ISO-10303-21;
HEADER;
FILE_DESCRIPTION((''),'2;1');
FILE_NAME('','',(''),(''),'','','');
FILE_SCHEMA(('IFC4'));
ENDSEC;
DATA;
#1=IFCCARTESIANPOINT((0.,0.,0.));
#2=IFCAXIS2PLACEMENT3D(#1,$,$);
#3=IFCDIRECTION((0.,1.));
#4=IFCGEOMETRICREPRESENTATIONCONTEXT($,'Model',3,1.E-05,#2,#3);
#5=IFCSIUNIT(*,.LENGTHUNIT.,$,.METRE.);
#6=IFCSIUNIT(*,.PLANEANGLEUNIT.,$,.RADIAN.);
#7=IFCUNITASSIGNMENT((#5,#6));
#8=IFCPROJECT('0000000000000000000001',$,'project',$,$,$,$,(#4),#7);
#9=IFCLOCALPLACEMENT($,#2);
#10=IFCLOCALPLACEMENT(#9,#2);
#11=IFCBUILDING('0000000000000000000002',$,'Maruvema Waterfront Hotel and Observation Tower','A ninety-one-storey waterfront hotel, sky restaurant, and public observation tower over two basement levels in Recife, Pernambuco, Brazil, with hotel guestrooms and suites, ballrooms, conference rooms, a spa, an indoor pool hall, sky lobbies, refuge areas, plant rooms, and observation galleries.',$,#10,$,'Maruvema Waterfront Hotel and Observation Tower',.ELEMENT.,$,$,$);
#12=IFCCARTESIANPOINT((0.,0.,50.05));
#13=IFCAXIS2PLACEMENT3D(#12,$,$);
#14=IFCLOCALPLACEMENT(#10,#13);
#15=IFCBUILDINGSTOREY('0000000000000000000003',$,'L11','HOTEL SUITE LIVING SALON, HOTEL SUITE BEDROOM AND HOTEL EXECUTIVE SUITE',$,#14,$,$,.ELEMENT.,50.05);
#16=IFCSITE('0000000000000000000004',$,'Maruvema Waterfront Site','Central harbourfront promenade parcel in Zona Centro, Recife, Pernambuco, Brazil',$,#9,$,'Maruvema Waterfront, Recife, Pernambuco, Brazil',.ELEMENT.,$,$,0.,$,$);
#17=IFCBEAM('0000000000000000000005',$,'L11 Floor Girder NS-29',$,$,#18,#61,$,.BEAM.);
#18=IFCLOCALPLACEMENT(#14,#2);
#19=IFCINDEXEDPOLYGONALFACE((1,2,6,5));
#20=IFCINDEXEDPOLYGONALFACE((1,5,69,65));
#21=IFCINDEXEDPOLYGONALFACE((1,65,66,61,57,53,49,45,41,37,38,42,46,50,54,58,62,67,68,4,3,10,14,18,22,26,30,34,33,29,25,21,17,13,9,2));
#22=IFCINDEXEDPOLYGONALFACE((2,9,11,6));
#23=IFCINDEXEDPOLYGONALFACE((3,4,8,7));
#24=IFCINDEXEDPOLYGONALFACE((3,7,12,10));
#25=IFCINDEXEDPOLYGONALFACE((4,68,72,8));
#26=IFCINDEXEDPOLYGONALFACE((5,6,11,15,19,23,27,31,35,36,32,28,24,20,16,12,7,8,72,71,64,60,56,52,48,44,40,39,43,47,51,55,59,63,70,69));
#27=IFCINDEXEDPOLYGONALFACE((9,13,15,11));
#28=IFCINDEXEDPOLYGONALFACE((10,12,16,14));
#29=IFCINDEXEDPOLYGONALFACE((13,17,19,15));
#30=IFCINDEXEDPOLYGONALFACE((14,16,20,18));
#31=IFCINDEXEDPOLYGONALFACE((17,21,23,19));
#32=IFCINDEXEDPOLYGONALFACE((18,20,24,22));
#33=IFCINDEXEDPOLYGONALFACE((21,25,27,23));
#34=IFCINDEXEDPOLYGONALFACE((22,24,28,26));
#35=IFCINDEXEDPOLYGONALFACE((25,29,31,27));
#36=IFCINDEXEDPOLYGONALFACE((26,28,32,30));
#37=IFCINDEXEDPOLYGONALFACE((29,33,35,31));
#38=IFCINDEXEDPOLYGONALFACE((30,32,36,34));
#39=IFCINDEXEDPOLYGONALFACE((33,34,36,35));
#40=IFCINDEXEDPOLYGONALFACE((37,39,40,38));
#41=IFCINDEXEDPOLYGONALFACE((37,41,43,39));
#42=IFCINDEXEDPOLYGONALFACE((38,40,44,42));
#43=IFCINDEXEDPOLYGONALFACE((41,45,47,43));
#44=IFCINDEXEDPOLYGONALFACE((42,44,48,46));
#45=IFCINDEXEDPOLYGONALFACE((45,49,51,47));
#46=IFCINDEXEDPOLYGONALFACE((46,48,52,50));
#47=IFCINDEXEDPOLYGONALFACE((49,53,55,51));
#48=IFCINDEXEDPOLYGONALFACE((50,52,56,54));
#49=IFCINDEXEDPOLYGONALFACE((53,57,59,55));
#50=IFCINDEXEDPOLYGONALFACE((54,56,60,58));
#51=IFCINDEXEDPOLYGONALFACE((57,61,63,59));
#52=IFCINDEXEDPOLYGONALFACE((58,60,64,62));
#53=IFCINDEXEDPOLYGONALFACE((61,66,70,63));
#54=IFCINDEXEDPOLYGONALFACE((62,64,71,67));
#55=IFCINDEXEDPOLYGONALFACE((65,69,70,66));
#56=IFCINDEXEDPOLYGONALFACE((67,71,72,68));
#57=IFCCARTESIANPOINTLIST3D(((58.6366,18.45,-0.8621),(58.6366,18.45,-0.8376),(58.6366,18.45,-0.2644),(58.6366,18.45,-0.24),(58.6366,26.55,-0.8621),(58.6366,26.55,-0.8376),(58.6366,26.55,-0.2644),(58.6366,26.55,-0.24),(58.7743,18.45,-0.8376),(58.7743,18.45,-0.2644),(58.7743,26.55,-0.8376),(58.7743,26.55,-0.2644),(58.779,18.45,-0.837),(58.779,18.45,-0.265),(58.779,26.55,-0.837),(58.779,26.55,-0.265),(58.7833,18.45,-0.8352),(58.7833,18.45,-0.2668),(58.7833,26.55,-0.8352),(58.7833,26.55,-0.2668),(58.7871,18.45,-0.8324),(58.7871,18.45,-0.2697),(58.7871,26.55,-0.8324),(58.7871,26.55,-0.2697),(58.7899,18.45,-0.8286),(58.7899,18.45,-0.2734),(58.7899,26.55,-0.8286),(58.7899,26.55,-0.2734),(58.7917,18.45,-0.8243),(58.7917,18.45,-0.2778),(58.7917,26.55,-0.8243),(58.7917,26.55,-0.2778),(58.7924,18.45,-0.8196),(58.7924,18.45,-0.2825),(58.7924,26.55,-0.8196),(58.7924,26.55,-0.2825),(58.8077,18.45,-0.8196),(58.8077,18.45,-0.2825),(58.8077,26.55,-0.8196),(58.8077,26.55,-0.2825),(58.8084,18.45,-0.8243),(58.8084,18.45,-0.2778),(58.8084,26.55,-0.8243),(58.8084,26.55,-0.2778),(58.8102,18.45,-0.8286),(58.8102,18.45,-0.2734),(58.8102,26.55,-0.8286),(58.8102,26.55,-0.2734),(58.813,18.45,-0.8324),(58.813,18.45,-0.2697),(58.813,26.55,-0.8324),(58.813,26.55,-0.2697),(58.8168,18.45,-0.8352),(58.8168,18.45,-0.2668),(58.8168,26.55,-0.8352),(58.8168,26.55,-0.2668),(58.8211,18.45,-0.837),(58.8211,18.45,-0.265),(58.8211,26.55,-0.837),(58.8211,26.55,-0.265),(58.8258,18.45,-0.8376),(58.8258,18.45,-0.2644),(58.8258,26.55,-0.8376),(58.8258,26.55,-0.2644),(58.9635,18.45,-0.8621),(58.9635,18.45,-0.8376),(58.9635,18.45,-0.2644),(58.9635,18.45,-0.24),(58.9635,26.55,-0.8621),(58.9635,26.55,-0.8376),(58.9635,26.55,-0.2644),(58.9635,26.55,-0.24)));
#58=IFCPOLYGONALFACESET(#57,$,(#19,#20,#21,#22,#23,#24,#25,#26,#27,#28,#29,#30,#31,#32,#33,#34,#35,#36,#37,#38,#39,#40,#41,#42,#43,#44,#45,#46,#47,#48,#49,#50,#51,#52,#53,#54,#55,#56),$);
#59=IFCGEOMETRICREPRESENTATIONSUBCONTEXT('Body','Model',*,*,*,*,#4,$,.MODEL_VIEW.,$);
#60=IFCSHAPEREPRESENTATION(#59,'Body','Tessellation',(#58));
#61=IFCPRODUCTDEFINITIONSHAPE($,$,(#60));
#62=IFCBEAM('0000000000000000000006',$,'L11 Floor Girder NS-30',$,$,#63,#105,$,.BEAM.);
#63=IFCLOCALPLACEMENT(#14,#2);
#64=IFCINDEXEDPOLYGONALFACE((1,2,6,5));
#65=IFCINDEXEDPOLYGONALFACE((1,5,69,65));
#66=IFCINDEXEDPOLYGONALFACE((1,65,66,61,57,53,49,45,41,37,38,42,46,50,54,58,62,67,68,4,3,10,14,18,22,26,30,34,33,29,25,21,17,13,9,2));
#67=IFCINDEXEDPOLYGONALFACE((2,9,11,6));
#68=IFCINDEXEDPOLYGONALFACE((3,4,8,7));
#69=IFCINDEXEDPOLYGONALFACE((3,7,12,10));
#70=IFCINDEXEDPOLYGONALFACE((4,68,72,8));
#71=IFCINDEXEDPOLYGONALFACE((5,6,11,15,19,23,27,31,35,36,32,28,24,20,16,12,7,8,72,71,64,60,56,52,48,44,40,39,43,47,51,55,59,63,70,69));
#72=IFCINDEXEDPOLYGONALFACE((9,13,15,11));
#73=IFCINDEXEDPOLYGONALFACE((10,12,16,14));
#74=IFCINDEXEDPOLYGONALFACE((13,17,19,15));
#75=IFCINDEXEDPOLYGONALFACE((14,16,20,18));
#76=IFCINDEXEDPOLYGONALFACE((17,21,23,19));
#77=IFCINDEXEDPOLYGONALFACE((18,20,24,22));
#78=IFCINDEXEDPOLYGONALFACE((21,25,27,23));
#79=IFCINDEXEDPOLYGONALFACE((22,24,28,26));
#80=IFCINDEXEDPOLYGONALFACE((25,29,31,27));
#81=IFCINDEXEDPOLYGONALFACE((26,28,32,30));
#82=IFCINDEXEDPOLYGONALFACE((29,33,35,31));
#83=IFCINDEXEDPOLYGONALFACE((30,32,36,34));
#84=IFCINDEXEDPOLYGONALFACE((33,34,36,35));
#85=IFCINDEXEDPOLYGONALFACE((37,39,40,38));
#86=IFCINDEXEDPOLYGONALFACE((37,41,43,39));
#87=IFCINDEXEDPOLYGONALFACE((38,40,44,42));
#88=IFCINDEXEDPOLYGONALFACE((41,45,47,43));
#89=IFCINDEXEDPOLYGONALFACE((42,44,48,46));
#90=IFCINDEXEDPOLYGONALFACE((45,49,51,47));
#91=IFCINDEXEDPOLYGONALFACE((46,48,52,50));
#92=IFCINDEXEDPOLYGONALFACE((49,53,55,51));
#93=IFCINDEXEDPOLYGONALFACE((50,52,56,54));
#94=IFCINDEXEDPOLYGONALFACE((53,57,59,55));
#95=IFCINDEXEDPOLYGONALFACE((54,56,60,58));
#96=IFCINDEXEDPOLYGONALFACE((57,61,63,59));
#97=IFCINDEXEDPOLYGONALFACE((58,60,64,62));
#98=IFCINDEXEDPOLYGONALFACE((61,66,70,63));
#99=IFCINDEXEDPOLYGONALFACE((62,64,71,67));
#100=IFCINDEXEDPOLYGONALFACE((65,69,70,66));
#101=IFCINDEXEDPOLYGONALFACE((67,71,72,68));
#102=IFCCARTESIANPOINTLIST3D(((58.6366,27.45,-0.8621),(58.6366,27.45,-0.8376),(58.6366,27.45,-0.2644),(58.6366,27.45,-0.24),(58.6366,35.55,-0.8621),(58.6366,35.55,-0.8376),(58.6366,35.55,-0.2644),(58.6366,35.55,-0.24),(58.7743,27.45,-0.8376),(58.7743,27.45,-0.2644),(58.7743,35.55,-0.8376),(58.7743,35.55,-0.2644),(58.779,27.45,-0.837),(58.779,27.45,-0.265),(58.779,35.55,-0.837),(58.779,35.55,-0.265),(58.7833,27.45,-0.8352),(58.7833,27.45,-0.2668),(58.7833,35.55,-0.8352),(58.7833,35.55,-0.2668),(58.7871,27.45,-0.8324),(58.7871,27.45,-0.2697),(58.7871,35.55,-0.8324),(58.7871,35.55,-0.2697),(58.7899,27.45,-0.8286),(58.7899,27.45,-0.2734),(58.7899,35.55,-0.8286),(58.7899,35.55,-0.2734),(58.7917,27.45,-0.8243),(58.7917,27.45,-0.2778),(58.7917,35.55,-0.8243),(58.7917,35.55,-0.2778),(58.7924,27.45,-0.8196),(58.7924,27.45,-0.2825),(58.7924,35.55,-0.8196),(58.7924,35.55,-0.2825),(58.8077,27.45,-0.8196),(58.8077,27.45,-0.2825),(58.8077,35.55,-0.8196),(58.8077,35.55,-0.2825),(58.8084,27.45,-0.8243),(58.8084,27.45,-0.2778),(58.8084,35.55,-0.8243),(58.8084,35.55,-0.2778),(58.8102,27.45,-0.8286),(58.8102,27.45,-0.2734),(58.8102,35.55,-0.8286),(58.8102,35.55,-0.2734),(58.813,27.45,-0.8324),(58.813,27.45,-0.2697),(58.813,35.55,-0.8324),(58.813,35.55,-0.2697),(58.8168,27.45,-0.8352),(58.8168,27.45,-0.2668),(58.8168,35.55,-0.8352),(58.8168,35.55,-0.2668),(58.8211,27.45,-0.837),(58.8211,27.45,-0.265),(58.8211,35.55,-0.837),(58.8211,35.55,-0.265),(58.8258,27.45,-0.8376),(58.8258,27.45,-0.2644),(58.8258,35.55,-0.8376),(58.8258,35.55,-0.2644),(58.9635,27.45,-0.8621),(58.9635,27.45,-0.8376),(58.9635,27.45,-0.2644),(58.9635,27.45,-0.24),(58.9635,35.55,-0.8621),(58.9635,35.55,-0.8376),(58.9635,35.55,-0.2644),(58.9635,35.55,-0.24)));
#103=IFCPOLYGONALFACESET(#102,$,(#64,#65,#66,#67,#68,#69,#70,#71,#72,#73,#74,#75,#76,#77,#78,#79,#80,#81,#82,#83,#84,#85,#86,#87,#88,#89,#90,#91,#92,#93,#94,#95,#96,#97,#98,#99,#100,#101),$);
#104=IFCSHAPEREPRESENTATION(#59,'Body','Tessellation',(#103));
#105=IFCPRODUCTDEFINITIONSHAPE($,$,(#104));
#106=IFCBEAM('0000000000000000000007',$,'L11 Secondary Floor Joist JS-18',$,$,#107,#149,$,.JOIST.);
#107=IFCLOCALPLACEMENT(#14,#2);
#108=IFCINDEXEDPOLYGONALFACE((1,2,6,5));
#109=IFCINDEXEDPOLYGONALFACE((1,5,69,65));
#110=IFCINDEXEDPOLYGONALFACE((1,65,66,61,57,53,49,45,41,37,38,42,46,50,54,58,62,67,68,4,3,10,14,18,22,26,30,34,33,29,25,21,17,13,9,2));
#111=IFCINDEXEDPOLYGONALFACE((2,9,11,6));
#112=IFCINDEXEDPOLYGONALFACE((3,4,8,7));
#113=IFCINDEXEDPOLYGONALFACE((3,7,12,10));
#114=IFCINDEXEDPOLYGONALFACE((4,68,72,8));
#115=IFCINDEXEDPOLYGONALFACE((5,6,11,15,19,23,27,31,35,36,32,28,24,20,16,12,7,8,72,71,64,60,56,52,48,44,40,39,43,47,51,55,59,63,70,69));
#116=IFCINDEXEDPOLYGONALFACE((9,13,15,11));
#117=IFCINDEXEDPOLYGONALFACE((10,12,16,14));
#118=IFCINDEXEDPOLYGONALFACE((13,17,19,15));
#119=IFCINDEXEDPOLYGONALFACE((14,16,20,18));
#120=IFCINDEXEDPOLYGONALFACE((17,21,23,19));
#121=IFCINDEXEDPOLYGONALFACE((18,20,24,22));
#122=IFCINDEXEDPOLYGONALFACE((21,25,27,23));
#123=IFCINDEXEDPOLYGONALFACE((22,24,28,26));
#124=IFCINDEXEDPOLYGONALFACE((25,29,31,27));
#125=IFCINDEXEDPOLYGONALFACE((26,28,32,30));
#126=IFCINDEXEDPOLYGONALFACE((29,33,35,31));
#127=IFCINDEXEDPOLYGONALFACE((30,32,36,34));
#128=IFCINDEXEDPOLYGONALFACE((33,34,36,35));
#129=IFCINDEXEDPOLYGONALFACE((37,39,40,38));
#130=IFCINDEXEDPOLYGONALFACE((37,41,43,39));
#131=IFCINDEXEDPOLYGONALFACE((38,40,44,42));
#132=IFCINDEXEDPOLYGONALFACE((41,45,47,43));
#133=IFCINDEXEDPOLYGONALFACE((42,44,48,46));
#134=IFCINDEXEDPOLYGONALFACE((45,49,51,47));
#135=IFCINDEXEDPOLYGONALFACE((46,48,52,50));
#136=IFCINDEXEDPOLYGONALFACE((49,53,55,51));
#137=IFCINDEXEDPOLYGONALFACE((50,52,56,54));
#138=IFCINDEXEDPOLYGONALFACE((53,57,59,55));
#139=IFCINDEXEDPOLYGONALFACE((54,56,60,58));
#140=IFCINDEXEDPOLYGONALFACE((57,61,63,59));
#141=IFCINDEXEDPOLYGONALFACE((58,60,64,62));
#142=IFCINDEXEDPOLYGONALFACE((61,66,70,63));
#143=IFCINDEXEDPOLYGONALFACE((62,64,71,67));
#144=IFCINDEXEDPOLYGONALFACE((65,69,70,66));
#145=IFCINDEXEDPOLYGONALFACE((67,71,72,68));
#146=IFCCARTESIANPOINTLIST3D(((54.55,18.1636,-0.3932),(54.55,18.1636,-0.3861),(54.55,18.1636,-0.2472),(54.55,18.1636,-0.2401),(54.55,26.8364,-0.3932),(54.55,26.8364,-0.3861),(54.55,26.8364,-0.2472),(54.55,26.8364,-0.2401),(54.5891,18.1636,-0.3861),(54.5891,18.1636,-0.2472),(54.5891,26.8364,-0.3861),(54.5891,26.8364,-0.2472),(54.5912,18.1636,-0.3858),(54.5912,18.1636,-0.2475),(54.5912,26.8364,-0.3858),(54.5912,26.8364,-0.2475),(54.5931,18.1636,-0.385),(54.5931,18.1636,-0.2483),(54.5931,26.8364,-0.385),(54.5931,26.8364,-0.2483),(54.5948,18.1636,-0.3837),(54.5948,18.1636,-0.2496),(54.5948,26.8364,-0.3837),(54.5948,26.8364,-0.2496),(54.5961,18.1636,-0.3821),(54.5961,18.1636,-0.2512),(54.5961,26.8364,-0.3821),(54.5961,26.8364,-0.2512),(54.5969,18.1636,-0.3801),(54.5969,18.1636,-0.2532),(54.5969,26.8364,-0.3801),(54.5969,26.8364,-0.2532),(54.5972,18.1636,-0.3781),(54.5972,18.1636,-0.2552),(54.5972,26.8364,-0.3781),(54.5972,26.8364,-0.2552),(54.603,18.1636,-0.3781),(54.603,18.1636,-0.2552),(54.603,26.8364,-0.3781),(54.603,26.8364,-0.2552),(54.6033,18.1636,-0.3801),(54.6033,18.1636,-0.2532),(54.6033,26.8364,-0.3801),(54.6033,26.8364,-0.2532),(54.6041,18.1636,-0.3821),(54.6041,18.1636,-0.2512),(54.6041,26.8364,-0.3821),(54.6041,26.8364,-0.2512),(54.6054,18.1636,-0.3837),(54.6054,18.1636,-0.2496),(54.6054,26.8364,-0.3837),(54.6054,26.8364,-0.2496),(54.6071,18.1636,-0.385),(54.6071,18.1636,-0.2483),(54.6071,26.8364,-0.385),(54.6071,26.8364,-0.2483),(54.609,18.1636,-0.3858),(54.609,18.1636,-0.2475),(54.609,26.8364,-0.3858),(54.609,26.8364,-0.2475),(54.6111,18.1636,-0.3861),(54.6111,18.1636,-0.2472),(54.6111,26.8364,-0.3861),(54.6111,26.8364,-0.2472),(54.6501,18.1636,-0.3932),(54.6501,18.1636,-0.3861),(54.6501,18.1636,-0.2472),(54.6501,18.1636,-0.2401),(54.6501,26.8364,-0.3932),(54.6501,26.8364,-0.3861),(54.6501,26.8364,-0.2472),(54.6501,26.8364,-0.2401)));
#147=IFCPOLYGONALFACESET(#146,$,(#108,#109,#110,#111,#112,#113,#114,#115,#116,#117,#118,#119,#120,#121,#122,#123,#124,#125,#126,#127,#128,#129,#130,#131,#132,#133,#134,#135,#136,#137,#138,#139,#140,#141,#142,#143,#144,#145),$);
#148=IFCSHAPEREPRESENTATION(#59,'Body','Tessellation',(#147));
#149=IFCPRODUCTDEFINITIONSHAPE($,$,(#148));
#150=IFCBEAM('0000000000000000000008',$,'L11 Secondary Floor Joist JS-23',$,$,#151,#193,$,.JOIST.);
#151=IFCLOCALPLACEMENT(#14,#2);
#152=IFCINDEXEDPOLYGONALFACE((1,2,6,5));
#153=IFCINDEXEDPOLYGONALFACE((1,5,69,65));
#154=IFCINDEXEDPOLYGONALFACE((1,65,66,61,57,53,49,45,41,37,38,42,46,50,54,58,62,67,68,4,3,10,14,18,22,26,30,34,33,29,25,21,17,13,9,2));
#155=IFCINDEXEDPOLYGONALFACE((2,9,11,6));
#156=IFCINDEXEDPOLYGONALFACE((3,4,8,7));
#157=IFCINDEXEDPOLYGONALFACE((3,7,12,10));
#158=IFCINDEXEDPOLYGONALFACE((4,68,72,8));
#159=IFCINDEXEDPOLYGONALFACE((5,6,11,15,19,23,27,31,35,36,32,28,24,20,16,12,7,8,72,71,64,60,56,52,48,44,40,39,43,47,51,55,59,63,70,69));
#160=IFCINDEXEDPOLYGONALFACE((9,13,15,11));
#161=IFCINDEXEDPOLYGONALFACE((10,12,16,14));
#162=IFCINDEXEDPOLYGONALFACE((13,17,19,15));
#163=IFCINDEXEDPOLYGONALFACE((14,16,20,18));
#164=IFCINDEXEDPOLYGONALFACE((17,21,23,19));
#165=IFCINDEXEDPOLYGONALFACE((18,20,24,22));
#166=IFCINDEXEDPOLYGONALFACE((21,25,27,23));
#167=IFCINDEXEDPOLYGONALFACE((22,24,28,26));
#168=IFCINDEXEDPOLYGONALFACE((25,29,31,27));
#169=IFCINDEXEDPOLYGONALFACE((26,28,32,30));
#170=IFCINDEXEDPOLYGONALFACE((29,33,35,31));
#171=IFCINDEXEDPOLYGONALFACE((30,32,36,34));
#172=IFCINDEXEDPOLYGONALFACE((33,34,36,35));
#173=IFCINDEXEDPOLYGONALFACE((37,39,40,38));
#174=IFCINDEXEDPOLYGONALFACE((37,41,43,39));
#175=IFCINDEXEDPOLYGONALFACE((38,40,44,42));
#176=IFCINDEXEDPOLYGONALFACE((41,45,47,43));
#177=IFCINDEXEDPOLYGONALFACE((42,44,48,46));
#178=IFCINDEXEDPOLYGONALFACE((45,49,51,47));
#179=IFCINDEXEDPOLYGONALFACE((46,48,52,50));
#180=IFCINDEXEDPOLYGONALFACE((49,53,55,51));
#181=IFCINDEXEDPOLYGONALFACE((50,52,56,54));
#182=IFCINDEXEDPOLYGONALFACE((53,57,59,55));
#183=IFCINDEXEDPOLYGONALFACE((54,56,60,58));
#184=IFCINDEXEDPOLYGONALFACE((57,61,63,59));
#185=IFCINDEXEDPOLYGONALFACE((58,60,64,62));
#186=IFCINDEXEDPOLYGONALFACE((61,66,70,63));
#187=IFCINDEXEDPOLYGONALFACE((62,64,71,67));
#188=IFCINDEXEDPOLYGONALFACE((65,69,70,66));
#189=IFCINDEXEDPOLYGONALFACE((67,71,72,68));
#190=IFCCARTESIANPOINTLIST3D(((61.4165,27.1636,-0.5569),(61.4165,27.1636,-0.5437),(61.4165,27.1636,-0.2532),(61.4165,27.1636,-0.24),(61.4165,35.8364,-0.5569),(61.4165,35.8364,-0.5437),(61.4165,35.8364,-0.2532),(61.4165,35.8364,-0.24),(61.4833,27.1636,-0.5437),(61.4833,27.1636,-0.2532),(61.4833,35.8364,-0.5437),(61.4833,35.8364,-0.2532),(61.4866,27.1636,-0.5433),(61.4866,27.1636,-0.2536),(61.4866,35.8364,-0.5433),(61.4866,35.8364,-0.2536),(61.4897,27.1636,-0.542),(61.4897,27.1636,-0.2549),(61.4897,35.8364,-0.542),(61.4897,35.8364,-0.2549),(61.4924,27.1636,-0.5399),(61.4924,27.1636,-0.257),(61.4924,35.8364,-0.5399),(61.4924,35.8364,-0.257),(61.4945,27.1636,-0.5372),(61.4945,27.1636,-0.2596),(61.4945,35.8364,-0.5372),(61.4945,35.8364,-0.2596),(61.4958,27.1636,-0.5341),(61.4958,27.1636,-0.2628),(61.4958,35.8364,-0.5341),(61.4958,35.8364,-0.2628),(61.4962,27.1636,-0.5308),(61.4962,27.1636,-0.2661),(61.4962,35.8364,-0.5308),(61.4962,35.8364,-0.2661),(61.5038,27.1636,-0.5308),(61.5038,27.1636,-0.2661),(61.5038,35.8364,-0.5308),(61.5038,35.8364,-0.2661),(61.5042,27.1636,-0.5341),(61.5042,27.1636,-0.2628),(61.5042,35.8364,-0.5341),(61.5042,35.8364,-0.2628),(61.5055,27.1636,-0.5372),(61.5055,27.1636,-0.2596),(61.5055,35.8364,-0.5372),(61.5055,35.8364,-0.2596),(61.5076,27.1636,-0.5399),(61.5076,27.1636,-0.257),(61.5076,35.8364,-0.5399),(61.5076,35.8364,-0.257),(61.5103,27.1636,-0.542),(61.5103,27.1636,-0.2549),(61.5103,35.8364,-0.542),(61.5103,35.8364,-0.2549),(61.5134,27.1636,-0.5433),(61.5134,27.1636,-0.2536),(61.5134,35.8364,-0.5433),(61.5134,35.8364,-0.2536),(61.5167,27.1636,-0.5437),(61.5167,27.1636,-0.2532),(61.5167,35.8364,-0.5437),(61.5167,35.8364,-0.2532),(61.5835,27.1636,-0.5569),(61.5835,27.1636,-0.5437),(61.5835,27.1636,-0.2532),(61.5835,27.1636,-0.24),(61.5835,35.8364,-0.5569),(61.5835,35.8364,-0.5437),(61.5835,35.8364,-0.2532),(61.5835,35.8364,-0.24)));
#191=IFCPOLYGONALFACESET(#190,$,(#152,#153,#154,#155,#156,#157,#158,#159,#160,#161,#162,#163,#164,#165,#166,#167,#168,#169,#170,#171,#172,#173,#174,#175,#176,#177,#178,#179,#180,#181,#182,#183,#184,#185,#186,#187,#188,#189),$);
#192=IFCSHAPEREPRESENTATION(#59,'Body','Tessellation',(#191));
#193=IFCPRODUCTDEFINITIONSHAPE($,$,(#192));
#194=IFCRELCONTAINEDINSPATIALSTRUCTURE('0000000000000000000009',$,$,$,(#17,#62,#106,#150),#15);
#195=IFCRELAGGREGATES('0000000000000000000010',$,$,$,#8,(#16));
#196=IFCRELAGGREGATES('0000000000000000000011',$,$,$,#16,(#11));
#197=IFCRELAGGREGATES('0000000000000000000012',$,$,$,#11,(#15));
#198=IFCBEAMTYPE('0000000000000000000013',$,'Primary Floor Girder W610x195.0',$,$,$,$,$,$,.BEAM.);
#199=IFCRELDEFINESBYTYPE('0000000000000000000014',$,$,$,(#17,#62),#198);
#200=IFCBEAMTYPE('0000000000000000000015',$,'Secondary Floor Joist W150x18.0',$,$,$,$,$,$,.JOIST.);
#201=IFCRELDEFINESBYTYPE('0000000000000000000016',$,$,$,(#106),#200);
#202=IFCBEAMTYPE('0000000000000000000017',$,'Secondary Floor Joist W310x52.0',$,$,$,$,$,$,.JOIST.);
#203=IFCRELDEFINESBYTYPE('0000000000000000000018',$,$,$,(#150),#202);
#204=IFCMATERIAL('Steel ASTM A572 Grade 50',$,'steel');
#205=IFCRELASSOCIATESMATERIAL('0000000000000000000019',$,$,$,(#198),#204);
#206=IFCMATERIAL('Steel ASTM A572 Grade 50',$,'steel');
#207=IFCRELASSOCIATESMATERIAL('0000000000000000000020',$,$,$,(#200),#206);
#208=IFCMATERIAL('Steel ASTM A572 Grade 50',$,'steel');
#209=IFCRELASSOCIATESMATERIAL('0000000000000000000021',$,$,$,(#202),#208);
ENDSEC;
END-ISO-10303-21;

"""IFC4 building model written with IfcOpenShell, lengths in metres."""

from ifc_helpers import new_model, si_unit, direction, frame, origin, origin_2d, place, context, subcontext, project, spatial, i_section, extrude, material, material_profile, profile_set, type_object, element, save


model = new_model("IFC4")

# Units and contexts
model_context = context("Model", 3, precision=1e-05, world=origin(), true_north=direction((0.0, 1.0)))
body_context = subcontext(model_context, "Body", "Model", "MODEL_VIEW")
ifc_project = project(units=[si_unit("LENGTHUNIT", "METRE"), si_unit("PLANEANGLEUNIT", "RADIAN")], contexts=[model_context])

# Site, building, storey
site_placement = place(None, origin())
site = spatial("IfcSite", under=ifc_project, at=site_placement, Name="Maruvema Waterfront Site", Description="Central harbourfront promenade parcel in Zona Centro, Recife, Pernambuco, Brazil", LongName="Maruvema Waterfront, Recife, Pernambuco, Brazil", CompositionType="ELEMENT", RefElevation=0.0)
building_placement = place(site_placement, origin())
building = spatial("IfcBuilding", under=site, at=building_placement, Name="Maruvema Waterfront Hotel and Observation Tower", Description="A ninety-one-storey waterfront hotel, sky restaurant, and public observation tower over two basement levels in Recife, Pernambuco, Brazil, with hotel guestrooms and suites, ballrooms, conference rooms, a spa, an indoor pool hall, sky lobbies, refuge areas, plant rooms, and observation galleries.", LongName="Maruvema Waterfront Hotel and Observation Tower", CompositionType="ELEMENT")
storey_placement = place(building_placement, frame((0.0, 0.0, 50.05)))
storey = spatial("IfcBuildingStorey", under=building, at=storey_placement, Name="L11", Description="HOTEL SUITE LIVING SALON, HOTEL SUITE BEDROOM AND HOTEL EXECUTIVE SUITE", CompositionType="ELEMENT", Elevation=50.05)

# Beams
ifc_material_1 = material(Name="Steel ASTM A572 Grade 50", Category="steel")
ifc_material_profile_1 = material_profile(ifc_material_1, i_section(OverallWidth=0.3269, OverallDepth=0.6221, WebThickness=0.0154, FlangeThickness=0.0244, FilletRadius=0.0181, at=origin_2d()), Name="W610x195.0")
ifc_profile_set_1 = profile_set([ifc_material_profile_1], Name="Steel ASTM A572 Grade 50")
beam_type_1 = type_object("IfcBeamType", Name="Primary Floor Girder W610x195.0", PredefinedType="BEAM", material=ifc_profile_set_1)
for number, where, z_axis, x_axis, name in (
    (1, (58.8, 18.45, -0.551), (0.0, 1.0, 0.0), (-1.0, 0.0, 0.0), "L11 Floor Girder NS-29"),
    (2, (58.8, 27.45, -0.551), (0.0, 1.0, 0.0), (-1.0, 0.0, 0.0), "L11 Floor Girder NS-30"),
):
    element("IfcBeam", number, at=place(storey_placement, frame(where, z_axis=z_axis, x_axis=x_axis)), inside=storey, type_object=beam_type_1, Name=name, PredefinedType="BEAM", context=body_context, shape_type="SweptSolid", body=[
        extrude(i_section(OverallWidth=0.3269, OverallDepth=0.6221, WebThickness=0.0154, FlangeThickness=0.0244, FilletRadius=0.0181, at=origin_2d()), origin(), (0.0, 0.0, 1.0), 8.1001),
    ])
ifc_material_2 = material(Name="Steel ASTM A572 Grade 50", Category="steel")
ifc_material_profile_2 = material_profile(ifc_material_2, i_section(OverallWidth=0.1001, OverallDepth=0.1531, WebThickness=0.0059, FlangeThickness=0.0071, FilletRadius=0.0081, at=origin_2d()), Name="W150x18.0")
ifc_profile_set_2 = profile_set([ifc_material_profile_2], Name="Steel ASTM A572 Grade 50")
beam_type_2 = type_object("IfcBeamType", Name="Secondary Floor Joist W150x18.0", PredefinedType="JOIST", material=ifc_profile_set_2)
beam_1_placement = place(storey_placement, frame((54.6001, 18.1636, -0.3167), z_axis=(0.0, 1.0, 0.0), x_axis=(-1.0, 0.0, 0.0)))
element("IfcBeam", 3, at=beam_1_placement, inside=storey, type_object=beam_type_2, Name="L11 Secondary Floor Joist JS-18", PredefinedType="JOIST", context=body_context, shape_type="SweptSolid", body=[
    extrude(i_section(OverallWidth=0.1001, OverallDepth=0.1531, WebThickness=0.0059, FlangeThickness=0.0071, FilletRadius=0.0081, at=origin_2d()), origin(), (0.0, 0.0, 1.0), 8.6729),
])
ifc_material_3 = material(Name="Steel ASTM A572 Grade 50", Category="steel")
ifc_material_profile_3 = material_profile(ifc_material_3, i_section(OverallWidth=0.167, OverallDepth=0.3169, WebThickness=0.0076, FlangeThickness=0.0132, FilletRadius=0.0129, at=origin_2d()), Name="W310x52.0")
ifc_profile_set_3 = profile_set([ifc_material_profile_3], Name="Steel ASTM A572 Grade 50")
beam_type_3 = type_object("IfcBeamType", Name="Secondary Floor Joist W310x52.0", PredefinedType="JOIST", material=ifc_profile_set_3)
beam_2_placement = place(storey_placement, frame((61.5, 27.1636, -0.3984), z_axis=(0.0, 1.0, 0.0), x_axis=(-1.0, 0.0, 0.0)))
element("IfcBeam", 4, at=beam_2_placement, inside=storey, type_object=beam_type_3, Name="L11 Secondary Floor Joist JS-23", PredefinedType="JOIST", context=body_context, shape_type="SweptSolid", body=[
    extrude(i_section(OverallWidth=0.167, OverallDepth=0.3169, WebThickness=0.0076, FlangeThickness=0.0132, FilletRadius=0.0129, at=origin_2d()), origin(), (0.0, 0.0, 1.0), 8.6729),
])

save(model, "model.ifc")
